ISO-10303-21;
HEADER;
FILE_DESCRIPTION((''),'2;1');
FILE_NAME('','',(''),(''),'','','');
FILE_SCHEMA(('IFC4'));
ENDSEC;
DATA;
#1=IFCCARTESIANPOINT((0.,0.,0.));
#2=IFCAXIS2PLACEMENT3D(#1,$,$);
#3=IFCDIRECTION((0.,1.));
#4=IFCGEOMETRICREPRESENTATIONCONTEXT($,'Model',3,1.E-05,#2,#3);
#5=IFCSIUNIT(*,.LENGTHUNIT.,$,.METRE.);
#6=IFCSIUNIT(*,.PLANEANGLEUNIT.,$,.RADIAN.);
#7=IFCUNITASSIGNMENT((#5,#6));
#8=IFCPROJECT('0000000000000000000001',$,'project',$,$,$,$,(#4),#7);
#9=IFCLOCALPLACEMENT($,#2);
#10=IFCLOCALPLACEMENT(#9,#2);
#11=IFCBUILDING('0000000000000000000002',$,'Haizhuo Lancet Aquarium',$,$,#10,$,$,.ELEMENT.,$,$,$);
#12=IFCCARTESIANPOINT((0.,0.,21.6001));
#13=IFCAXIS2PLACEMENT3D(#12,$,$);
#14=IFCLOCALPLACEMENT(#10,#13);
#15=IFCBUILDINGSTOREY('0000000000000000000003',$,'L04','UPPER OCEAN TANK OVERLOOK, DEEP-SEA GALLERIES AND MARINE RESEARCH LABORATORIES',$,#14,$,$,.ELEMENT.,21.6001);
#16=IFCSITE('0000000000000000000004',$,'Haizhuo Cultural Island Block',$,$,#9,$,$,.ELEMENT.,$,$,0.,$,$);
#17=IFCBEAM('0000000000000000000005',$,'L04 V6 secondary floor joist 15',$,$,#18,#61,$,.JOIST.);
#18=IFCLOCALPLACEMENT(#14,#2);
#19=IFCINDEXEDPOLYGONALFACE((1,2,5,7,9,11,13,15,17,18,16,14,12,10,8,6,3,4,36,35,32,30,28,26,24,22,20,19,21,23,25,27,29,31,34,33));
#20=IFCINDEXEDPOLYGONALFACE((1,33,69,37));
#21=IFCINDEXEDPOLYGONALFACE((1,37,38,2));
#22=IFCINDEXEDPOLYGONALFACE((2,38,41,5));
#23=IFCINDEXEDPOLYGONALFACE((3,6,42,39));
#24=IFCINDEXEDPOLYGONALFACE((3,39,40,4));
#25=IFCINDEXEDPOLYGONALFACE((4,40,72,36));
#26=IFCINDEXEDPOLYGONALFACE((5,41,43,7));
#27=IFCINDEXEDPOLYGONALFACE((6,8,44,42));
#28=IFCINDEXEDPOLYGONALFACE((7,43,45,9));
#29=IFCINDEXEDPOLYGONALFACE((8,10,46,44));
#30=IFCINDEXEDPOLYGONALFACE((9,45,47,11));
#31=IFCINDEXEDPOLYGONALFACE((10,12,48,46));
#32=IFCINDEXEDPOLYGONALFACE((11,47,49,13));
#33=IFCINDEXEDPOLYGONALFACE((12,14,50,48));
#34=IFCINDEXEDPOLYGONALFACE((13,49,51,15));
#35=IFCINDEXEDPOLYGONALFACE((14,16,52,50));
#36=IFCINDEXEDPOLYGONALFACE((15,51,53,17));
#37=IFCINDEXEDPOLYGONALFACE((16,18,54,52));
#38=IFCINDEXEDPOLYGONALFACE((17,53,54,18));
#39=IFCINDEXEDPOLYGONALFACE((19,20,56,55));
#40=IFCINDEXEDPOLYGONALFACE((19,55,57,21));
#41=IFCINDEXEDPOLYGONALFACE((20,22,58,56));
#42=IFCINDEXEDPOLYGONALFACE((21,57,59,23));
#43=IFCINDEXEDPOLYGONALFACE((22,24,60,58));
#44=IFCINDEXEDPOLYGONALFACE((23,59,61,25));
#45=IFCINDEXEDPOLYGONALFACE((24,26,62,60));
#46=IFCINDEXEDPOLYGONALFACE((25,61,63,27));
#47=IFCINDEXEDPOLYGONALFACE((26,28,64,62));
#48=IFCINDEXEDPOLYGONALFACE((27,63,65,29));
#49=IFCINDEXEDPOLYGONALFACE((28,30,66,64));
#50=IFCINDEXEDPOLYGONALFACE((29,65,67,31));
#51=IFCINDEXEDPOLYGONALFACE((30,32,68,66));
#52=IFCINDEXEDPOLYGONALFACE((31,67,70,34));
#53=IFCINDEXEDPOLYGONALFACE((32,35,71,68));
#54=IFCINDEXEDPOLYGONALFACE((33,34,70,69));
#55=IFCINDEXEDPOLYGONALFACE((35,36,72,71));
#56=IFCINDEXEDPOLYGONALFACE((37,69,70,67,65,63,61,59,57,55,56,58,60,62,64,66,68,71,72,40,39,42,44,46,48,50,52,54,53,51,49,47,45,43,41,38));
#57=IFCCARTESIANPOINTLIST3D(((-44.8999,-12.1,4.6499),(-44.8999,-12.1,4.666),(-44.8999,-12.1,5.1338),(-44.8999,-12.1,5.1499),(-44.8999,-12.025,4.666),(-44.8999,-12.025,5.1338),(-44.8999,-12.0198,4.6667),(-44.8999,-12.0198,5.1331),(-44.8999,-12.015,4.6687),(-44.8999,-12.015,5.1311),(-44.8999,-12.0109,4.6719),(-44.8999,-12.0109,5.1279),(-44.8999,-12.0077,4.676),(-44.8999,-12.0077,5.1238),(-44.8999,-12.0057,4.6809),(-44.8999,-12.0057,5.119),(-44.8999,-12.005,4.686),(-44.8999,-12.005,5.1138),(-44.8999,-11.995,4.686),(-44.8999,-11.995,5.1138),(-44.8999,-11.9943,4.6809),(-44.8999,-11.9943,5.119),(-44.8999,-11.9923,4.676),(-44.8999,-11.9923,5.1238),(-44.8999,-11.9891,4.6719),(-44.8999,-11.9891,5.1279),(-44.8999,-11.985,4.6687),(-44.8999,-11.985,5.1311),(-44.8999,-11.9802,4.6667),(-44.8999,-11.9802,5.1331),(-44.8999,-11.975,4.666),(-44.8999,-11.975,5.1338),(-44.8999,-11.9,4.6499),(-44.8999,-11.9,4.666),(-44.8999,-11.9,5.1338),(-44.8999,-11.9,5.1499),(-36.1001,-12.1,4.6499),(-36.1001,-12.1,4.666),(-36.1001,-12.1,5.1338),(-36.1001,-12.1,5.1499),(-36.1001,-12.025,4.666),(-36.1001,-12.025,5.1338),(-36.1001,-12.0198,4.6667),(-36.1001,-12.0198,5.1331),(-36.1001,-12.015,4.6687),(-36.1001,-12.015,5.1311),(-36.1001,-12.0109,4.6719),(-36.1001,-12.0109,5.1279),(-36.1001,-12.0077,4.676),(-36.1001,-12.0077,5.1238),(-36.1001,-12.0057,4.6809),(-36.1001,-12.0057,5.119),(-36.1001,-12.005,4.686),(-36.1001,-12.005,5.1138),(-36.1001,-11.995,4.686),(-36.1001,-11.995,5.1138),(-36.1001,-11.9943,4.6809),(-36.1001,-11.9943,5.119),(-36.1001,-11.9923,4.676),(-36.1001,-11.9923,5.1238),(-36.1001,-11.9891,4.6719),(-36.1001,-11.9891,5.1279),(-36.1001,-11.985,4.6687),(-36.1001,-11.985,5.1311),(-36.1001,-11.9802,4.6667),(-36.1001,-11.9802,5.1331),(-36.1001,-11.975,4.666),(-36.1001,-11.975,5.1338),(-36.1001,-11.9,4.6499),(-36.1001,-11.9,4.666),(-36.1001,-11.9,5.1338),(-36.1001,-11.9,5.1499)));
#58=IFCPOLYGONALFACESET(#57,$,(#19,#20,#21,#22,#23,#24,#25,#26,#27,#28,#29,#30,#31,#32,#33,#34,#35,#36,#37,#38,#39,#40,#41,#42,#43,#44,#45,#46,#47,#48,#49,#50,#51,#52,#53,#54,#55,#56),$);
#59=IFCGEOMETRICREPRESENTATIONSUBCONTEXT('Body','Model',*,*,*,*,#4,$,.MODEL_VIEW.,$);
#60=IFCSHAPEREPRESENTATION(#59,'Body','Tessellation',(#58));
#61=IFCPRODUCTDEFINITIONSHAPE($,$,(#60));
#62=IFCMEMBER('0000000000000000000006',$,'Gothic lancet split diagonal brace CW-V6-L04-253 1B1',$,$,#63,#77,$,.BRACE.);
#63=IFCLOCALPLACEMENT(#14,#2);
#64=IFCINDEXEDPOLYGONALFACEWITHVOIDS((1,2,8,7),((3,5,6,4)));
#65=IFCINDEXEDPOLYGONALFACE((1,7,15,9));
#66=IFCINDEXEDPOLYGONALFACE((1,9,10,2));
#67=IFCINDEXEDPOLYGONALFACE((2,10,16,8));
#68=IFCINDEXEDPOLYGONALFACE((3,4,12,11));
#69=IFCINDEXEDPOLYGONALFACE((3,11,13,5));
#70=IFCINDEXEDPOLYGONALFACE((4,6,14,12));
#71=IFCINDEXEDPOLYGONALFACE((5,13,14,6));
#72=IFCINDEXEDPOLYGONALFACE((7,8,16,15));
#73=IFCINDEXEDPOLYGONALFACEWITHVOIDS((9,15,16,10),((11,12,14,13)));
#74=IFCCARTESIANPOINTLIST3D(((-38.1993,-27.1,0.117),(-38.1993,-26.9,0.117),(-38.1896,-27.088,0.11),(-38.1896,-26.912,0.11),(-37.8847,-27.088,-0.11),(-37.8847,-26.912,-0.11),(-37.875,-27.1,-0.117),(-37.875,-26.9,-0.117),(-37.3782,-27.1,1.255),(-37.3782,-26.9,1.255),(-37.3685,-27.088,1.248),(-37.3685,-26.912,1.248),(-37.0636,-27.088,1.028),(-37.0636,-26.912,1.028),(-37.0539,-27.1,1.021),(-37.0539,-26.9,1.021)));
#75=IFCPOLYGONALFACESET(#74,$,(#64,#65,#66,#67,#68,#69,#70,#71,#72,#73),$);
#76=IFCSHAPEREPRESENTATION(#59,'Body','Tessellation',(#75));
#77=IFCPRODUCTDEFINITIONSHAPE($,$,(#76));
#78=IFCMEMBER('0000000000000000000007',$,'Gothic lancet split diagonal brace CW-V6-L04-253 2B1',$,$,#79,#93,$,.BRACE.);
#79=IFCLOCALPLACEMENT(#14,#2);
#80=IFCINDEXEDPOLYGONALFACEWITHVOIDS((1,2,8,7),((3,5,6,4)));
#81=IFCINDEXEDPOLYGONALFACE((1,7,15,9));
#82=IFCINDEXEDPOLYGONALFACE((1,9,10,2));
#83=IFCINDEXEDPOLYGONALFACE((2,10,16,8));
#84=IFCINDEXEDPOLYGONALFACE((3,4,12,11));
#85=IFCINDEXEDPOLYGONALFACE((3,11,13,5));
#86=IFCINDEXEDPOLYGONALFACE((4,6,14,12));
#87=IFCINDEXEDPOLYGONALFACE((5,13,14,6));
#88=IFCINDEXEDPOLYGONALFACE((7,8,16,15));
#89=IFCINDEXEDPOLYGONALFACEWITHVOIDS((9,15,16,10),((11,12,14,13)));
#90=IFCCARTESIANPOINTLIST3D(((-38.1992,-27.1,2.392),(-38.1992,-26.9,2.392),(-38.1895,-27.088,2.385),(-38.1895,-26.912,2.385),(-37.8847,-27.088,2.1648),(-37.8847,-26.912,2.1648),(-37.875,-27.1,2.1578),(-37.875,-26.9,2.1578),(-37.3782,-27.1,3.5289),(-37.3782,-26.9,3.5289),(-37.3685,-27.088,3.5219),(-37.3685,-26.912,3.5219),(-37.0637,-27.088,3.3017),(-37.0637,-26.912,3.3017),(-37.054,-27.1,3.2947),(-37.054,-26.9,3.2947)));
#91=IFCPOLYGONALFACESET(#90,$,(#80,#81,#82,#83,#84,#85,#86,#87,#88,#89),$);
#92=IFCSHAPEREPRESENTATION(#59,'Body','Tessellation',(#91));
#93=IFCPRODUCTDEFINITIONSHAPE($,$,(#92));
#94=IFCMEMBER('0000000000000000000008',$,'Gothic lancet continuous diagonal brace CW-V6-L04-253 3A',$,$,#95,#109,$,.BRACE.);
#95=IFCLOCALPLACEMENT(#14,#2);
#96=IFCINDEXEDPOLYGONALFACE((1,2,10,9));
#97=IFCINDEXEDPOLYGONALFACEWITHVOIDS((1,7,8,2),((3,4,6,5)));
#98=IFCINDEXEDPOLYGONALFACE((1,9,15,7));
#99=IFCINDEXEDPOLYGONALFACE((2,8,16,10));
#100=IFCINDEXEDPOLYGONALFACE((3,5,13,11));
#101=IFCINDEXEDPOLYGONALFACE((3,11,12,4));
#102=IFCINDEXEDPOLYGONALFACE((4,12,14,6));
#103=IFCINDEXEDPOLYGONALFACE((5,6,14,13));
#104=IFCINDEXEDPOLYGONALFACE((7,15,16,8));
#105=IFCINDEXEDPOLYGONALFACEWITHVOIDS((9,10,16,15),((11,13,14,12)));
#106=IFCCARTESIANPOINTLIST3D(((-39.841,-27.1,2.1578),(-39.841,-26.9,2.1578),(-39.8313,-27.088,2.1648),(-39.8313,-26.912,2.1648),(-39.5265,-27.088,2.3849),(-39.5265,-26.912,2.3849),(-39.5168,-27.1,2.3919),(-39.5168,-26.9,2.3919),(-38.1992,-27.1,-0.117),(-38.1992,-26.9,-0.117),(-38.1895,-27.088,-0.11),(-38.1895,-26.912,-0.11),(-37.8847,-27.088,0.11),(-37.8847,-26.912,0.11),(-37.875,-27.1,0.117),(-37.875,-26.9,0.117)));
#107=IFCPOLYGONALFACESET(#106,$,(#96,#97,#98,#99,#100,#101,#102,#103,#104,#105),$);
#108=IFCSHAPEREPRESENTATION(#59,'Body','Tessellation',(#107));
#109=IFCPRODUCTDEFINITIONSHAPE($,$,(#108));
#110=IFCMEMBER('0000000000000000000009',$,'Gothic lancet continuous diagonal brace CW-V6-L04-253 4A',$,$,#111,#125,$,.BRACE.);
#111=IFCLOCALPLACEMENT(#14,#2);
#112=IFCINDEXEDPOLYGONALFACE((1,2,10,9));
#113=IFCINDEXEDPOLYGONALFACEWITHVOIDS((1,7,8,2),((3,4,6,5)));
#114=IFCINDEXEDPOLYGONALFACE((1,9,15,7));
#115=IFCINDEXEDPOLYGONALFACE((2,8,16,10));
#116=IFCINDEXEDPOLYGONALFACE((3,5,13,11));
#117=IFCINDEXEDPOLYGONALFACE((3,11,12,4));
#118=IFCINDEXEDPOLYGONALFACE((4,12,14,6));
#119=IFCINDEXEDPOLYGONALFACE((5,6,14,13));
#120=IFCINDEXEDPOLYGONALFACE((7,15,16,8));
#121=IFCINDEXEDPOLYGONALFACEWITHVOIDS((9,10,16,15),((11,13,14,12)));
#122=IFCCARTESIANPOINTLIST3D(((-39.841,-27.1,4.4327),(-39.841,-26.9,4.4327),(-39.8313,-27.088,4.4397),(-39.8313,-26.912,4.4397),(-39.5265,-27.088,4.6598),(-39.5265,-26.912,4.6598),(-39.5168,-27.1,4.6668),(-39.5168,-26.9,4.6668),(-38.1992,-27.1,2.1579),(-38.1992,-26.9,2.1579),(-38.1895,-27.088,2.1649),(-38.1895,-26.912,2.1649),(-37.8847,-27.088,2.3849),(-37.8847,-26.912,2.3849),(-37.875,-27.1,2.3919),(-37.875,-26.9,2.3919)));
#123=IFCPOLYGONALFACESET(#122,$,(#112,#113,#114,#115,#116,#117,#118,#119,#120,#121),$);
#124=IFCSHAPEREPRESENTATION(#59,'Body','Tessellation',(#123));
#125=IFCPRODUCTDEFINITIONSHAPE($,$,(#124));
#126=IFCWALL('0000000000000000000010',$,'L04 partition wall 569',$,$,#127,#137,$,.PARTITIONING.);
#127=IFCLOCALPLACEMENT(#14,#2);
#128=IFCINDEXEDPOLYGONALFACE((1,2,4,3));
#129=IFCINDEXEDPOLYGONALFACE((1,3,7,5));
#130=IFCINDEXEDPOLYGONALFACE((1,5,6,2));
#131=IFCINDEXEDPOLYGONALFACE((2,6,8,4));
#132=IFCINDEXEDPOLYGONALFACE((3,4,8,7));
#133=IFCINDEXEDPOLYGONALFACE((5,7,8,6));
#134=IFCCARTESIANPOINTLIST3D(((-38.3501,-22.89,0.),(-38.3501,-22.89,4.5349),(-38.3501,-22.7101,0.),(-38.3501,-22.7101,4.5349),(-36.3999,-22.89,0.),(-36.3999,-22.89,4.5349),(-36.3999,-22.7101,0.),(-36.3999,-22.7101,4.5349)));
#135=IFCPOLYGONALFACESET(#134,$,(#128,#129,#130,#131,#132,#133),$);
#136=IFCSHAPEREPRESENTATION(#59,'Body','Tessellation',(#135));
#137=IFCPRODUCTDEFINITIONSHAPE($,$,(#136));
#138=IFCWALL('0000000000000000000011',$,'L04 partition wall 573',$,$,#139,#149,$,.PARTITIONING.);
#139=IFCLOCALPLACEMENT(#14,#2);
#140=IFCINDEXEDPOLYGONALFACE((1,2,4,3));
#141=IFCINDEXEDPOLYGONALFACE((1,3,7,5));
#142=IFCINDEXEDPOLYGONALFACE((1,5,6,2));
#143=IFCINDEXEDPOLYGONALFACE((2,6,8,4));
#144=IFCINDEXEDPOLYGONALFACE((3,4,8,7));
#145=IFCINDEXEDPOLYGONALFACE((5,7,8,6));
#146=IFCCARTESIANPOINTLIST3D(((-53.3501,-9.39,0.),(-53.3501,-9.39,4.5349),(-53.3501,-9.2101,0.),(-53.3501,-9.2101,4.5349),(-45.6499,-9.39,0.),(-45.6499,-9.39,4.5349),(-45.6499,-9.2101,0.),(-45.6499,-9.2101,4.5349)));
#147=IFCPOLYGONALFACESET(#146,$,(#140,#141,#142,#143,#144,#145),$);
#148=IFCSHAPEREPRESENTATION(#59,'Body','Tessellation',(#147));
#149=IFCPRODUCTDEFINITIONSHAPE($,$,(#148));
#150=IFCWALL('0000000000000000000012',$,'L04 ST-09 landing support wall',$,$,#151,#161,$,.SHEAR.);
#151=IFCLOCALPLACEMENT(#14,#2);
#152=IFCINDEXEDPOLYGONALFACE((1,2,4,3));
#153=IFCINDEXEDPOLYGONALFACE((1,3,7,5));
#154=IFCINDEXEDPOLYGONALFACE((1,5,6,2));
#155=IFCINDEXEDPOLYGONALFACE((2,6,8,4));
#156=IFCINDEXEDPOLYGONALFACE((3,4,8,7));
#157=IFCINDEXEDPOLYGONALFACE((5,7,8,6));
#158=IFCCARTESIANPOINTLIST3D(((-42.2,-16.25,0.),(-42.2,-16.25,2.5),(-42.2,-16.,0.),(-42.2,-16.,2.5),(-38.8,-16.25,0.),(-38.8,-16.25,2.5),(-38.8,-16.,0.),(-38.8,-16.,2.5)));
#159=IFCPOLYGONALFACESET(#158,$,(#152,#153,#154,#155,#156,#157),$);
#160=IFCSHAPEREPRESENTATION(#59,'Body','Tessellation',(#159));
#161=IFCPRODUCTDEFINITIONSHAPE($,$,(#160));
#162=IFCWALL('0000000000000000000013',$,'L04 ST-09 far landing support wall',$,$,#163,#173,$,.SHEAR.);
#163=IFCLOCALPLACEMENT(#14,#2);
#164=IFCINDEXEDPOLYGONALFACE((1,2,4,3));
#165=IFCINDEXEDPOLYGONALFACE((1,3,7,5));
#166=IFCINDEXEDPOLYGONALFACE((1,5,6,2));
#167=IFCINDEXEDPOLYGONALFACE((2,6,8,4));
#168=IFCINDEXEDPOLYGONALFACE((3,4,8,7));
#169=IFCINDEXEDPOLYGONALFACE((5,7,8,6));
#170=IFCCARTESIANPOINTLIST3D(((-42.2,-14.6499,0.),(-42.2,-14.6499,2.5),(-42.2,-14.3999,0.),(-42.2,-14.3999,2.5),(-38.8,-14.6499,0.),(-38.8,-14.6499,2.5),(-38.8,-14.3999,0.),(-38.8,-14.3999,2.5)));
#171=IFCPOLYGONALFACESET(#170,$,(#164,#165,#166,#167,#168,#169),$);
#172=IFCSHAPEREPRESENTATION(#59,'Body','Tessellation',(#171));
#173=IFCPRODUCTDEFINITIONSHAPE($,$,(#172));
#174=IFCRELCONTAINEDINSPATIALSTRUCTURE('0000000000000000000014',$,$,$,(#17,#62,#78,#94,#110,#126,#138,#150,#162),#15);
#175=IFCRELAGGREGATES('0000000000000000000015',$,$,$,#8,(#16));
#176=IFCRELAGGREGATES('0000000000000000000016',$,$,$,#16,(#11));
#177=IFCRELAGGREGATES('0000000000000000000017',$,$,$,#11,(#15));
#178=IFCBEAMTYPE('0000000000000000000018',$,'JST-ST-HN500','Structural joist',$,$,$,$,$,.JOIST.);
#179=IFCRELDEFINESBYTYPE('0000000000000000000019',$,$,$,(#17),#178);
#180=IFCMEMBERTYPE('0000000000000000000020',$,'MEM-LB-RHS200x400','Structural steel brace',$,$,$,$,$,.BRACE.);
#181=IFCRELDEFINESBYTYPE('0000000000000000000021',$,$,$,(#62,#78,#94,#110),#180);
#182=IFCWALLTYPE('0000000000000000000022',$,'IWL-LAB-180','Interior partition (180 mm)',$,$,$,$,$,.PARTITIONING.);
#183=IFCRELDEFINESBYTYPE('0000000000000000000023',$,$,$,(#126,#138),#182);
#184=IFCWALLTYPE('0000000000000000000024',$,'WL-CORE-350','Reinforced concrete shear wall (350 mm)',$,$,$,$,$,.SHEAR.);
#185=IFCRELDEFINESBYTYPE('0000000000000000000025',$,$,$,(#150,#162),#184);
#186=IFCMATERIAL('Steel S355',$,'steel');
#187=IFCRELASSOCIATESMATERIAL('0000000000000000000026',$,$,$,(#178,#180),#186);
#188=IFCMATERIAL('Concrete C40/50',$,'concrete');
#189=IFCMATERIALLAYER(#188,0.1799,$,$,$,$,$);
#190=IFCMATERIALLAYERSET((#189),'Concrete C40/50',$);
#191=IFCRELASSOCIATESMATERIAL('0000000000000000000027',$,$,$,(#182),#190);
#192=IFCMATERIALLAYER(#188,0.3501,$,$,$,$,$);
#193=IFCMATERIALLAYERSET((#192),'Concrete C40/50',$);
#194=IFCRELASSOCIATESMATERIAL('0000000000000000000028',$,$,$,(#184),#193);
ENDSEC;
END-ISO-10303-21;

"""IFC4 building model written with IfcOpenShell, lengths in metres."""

from ifc_helpers import new_model, si_unit, direction, frame, frame_2d, origin, origin_2d, place, context, subcontext, project, spatial, rectangle, hollow_rectangle, i_section, extrude, material, layer, layer_set, material_profile, profile_set, type_object, element, save


model = new_model("IFC4")

# Units and contexts
model_context = context("Model", 3, precision=1e-05, world=origin(), true_north=direction((0.0, 1.0)))
body_context = subcontext(model_context, "Body", "Model", "MODEL_VIEW")
ifc_project = project(units=[si_unit("LENGTHUNIT", "METRE"), si_unit("PLANEANGLEUNIT", "RADIAN")], contexts=[model_context])

# Site, building, storey
site_placement = place(None, origin())
site = spatial("IfcSite", under=ifc_project, at=site_placement, Name="Haizhuo Cultural Island Block", CompositionType="ELEMENT", RefElevation=0.0)
building_placement = place(site_placement, origin())
building = spatial("IfcBuilding", under=site, at=building_placement, Name="Haizhuo Lancet Aquarium", CompositionType="ELEMENT")
storey_placement = place(building_placement, frame((0.0, 0.0, 21.6001)))
storey = spatial("IfcBuildingStorey", under=building, at=storey_placement, Name="L04", Description="UPPER OCEAN TANK OVERLOOK, DEEP-SEA GALLERIES AND MARINE RESEARCH LABORATORIES", CompositionType="ELEMENT", Elevation=21.6001)

# Shared definitions
ifc_material_1 = material(Name="Concrete C40/50", Category="concrete")

# Shared definitions
ifc_material_2 = material(Name="Steel S355", Category="steel")

# Beam
ifc_material_profile_1 = material_profile(ifc_material_2, i_section(OverallWidth=0.2, OverallDepth=0.5, WebThickness=0.01, FlangeThickness=0.0161, FilletRadius=0.02, at=origin_2d()), Name="HN 500x200x10x16")
ifc_profile_set_1 = profile_set([ifc_material_profile_1], Name="Steel S355")
beam_type_1 = type_object("IfcBeamType", Name="JST-ST-HN500", Description="Structural joist", PredefinedType="JOIST", material=ifc_profile_set_1)
beam_1_placement = place(storey_placement, frame((-44.8999, -12.0, 4.8999), z_axis=(1.0, 0.0, 0.0), x_axis=(0.0, 1.0, 0.0)))
element("IfcBeam", 1, at=beam_1_placement, inside=storey, type_object=beam_type_1, Name="L04 V6 secondary floor joist 15", PredefinedType="JOIST", context=body_context, shape_type="SweptSolid", body=[
    extrude(i_section(OverallWidth=0.2, OverallDepth=0.5, WebThickness=0.01, FlangeThickness=0.0161, FilletRadius=0.02, at=origin_2d()), origin(), (0.0, 0.0, 1.0), 8.7998),
])

# Members
ifc_material_profile_2 = material_profile(ifc_material_2, hollow_rectangle(XDim=0.2, YDim=0.3999, WallThickness=0.012, at=origin_2d()), Name="RHS 200x400x12")
ifc_profile_set_2 = profile_set([ifc_material_profile_2], Name="Steel S355")
member_type_1 = type_object("IfcMemberType", Name="MEM-LB-RHS200x400", Description="Structural steel brace", PredefinedType="BRACE", material=ifc_profile_set_2)
member_1_placement = place(storey_placement, frame((-38.0371, -27.0, 0.0), z_axis=(0.585116, 0.0, 0.81095), x_axis=(0.0, 1.0, 0.0)))
element("IfcMember", 2, at=member_1_placement, inside=storey, type_object=member_type_1, Name="Gothic lancet split diagonal brace CW-V6-L04-253 1B1", PredefinedType="BRACE", context=body_context, shape_type="SweptSolid", body=[
    extrude(hollow_rectangle(XDim=0.2, YDim=0.3999, WallThickness=0.012, at=origin_2d()), origin(), (0.0, 0.0, 1.0), 1.4033),
])
member_2_placement = place(storey_placement, frame((-38.0371, -27.0, 2.2749), z_axis=(0.585446, 0.0, 0.810711), x_axis=(0.0, 1.0, 0.0)))
element("IfcMember", 3, at=member_2_placement, inside=storey, type_object=member_type_1, Name="Gothic lancet split diagonal brace CW-V6-L04-253 2B1", PredefinedType="BRACE", context=body_context, shape_type="SweptSolid", body=[
    extrude(hollow_rectangle(XDim=0.2, YDim=0.3999, WallThickness=0.012, at=origin_2d()), origin(), (0.0, 0.0, 1.0), 1.4023),
])
for number, where, z_axis, x_axis, name in (
    (4, (-38.0371, -27.0, 0.0), (-0.585224, 0.0, 0.810872), (0.0, -1.0, 0.0), "Gothic lancet continuous diagonal brace CW-V6-L04-253 3A"),
    (5, (-38.0371, -27.0, 2.2749), (-0.585224, 0.0, 0.810872), (0.0, -1.0, 0.0), "Gothic lancet continuous diagonal brace CW-V6-L04-253 4A"),
):
    element("IfcMember", number, at=place(storey_placement, frame(where, z_axis=z_axis, x_axis=x_axis)), inside=storey, type_object=member_type_1, Name=name, PredefinedType="BRACE", context=body_context, shape_type="SweptSolid", body=[
        extrude(hollow_rectangle(XDim=0.2, YDim=0.3999, WallThickness=0.012, at=origin_2d()), origin(), (0.0, 0.0, 1.0), 2.8054),
    ])

# Walls
ifc_layer_1 = layer(ifc_material_1, 0.1799)
ifc_layer_set_1 = layer_set([ifc_layer_1], Name="Concrete C40/50")
wall_type_1 = type_object("IfcWallType", Name="IWL-LAB-180", Description="Interior partition (180 mm)", PredefinedType="PARTITIONING", material=ifc_layer_set_1)
wall_1_placement = place(storey_placement, frame((-38.3501, -22.8, 0.0), z_axis=(0.0, 0.0, 1.0), x_axis=(1.0, 0.0, 0.0)))
element("IfcWall", 6, at=wall_1_placement, inside=storey, type_object=wall_type_1, Name="L04 partition wall 569", PredefinedType="PARTITIONING", context=body_context, shape_type="SweptSolid", body=[
    extrude(rectangle(XDim=1.9502, YDim=0.1799, at=frame_2d((0.9751, 0.0))), origin(), (0.0, 0.0, 1.0), 4.5349),
])
wall_2_placement = place(storey_placement, frame((-45.6499, -9.3, 0.0), z_axis=(0.0, 0.0, 1.0), x_axis=(-1.0, 0.0, 0.0)))
element("IfcWall", 7, at=wall_2_placement, inside=storey, type_object=wall_type_1, Name="L04 partition wall 573", PredefinedType="PARTITIONING", context=body_context, shape_type="SweptSolid", body=[
    extrude(rectangle(XDim=7.7002, YDim=0.1799, at=frame_2d((3.8501, 0.0))), origin(), (0.0, 0.0, 1.0), 4.5349),
])
ifc_layer_2 = layer(ifc_material_1, 0.3501)
ifc_layer_set_2 = layer_set([ifc_layer_2], Name="Concrete C40/50")
wall_type_2 = type_object("IfcWallType", Name="WL-CORE-350", Description="Reinforced concrete shear wall (350 mm)", PredefinedType="SHEAR", material=ifc_layer_set_2)
for number, where, z_axis, x_axis, name in (
    (8, (-42.2, -16.125, 0.0), (0.0, 0.0, 1.0), (1.0, 0.0, 0.0), "L04 ST-09 landing support wall"),
    (9, (-42.2, -14.5249, 0.0), (0.0, 0.0, 1.0), (1.0, 0.0, 0.0), "L04 ST-09 far landing support wall"),
):
    element("IfcWall", number, at=place(storey_placement, frame(where, z_axis=z_axis, x_axis=x_axis)), inside=storey, type_object=wall_type_2, Name=name, PredefinedType="SHEAR", context=body_context, shape_type="SweptSolid", body=[
        extrude(rectangle(XDim=3.3999, YDim=0.25, at=frame_2d((1.7, 0.0))), origin(), (0.0, 0.0, 1.0), 2.5),
    ])

save(model, "model.ifc")
